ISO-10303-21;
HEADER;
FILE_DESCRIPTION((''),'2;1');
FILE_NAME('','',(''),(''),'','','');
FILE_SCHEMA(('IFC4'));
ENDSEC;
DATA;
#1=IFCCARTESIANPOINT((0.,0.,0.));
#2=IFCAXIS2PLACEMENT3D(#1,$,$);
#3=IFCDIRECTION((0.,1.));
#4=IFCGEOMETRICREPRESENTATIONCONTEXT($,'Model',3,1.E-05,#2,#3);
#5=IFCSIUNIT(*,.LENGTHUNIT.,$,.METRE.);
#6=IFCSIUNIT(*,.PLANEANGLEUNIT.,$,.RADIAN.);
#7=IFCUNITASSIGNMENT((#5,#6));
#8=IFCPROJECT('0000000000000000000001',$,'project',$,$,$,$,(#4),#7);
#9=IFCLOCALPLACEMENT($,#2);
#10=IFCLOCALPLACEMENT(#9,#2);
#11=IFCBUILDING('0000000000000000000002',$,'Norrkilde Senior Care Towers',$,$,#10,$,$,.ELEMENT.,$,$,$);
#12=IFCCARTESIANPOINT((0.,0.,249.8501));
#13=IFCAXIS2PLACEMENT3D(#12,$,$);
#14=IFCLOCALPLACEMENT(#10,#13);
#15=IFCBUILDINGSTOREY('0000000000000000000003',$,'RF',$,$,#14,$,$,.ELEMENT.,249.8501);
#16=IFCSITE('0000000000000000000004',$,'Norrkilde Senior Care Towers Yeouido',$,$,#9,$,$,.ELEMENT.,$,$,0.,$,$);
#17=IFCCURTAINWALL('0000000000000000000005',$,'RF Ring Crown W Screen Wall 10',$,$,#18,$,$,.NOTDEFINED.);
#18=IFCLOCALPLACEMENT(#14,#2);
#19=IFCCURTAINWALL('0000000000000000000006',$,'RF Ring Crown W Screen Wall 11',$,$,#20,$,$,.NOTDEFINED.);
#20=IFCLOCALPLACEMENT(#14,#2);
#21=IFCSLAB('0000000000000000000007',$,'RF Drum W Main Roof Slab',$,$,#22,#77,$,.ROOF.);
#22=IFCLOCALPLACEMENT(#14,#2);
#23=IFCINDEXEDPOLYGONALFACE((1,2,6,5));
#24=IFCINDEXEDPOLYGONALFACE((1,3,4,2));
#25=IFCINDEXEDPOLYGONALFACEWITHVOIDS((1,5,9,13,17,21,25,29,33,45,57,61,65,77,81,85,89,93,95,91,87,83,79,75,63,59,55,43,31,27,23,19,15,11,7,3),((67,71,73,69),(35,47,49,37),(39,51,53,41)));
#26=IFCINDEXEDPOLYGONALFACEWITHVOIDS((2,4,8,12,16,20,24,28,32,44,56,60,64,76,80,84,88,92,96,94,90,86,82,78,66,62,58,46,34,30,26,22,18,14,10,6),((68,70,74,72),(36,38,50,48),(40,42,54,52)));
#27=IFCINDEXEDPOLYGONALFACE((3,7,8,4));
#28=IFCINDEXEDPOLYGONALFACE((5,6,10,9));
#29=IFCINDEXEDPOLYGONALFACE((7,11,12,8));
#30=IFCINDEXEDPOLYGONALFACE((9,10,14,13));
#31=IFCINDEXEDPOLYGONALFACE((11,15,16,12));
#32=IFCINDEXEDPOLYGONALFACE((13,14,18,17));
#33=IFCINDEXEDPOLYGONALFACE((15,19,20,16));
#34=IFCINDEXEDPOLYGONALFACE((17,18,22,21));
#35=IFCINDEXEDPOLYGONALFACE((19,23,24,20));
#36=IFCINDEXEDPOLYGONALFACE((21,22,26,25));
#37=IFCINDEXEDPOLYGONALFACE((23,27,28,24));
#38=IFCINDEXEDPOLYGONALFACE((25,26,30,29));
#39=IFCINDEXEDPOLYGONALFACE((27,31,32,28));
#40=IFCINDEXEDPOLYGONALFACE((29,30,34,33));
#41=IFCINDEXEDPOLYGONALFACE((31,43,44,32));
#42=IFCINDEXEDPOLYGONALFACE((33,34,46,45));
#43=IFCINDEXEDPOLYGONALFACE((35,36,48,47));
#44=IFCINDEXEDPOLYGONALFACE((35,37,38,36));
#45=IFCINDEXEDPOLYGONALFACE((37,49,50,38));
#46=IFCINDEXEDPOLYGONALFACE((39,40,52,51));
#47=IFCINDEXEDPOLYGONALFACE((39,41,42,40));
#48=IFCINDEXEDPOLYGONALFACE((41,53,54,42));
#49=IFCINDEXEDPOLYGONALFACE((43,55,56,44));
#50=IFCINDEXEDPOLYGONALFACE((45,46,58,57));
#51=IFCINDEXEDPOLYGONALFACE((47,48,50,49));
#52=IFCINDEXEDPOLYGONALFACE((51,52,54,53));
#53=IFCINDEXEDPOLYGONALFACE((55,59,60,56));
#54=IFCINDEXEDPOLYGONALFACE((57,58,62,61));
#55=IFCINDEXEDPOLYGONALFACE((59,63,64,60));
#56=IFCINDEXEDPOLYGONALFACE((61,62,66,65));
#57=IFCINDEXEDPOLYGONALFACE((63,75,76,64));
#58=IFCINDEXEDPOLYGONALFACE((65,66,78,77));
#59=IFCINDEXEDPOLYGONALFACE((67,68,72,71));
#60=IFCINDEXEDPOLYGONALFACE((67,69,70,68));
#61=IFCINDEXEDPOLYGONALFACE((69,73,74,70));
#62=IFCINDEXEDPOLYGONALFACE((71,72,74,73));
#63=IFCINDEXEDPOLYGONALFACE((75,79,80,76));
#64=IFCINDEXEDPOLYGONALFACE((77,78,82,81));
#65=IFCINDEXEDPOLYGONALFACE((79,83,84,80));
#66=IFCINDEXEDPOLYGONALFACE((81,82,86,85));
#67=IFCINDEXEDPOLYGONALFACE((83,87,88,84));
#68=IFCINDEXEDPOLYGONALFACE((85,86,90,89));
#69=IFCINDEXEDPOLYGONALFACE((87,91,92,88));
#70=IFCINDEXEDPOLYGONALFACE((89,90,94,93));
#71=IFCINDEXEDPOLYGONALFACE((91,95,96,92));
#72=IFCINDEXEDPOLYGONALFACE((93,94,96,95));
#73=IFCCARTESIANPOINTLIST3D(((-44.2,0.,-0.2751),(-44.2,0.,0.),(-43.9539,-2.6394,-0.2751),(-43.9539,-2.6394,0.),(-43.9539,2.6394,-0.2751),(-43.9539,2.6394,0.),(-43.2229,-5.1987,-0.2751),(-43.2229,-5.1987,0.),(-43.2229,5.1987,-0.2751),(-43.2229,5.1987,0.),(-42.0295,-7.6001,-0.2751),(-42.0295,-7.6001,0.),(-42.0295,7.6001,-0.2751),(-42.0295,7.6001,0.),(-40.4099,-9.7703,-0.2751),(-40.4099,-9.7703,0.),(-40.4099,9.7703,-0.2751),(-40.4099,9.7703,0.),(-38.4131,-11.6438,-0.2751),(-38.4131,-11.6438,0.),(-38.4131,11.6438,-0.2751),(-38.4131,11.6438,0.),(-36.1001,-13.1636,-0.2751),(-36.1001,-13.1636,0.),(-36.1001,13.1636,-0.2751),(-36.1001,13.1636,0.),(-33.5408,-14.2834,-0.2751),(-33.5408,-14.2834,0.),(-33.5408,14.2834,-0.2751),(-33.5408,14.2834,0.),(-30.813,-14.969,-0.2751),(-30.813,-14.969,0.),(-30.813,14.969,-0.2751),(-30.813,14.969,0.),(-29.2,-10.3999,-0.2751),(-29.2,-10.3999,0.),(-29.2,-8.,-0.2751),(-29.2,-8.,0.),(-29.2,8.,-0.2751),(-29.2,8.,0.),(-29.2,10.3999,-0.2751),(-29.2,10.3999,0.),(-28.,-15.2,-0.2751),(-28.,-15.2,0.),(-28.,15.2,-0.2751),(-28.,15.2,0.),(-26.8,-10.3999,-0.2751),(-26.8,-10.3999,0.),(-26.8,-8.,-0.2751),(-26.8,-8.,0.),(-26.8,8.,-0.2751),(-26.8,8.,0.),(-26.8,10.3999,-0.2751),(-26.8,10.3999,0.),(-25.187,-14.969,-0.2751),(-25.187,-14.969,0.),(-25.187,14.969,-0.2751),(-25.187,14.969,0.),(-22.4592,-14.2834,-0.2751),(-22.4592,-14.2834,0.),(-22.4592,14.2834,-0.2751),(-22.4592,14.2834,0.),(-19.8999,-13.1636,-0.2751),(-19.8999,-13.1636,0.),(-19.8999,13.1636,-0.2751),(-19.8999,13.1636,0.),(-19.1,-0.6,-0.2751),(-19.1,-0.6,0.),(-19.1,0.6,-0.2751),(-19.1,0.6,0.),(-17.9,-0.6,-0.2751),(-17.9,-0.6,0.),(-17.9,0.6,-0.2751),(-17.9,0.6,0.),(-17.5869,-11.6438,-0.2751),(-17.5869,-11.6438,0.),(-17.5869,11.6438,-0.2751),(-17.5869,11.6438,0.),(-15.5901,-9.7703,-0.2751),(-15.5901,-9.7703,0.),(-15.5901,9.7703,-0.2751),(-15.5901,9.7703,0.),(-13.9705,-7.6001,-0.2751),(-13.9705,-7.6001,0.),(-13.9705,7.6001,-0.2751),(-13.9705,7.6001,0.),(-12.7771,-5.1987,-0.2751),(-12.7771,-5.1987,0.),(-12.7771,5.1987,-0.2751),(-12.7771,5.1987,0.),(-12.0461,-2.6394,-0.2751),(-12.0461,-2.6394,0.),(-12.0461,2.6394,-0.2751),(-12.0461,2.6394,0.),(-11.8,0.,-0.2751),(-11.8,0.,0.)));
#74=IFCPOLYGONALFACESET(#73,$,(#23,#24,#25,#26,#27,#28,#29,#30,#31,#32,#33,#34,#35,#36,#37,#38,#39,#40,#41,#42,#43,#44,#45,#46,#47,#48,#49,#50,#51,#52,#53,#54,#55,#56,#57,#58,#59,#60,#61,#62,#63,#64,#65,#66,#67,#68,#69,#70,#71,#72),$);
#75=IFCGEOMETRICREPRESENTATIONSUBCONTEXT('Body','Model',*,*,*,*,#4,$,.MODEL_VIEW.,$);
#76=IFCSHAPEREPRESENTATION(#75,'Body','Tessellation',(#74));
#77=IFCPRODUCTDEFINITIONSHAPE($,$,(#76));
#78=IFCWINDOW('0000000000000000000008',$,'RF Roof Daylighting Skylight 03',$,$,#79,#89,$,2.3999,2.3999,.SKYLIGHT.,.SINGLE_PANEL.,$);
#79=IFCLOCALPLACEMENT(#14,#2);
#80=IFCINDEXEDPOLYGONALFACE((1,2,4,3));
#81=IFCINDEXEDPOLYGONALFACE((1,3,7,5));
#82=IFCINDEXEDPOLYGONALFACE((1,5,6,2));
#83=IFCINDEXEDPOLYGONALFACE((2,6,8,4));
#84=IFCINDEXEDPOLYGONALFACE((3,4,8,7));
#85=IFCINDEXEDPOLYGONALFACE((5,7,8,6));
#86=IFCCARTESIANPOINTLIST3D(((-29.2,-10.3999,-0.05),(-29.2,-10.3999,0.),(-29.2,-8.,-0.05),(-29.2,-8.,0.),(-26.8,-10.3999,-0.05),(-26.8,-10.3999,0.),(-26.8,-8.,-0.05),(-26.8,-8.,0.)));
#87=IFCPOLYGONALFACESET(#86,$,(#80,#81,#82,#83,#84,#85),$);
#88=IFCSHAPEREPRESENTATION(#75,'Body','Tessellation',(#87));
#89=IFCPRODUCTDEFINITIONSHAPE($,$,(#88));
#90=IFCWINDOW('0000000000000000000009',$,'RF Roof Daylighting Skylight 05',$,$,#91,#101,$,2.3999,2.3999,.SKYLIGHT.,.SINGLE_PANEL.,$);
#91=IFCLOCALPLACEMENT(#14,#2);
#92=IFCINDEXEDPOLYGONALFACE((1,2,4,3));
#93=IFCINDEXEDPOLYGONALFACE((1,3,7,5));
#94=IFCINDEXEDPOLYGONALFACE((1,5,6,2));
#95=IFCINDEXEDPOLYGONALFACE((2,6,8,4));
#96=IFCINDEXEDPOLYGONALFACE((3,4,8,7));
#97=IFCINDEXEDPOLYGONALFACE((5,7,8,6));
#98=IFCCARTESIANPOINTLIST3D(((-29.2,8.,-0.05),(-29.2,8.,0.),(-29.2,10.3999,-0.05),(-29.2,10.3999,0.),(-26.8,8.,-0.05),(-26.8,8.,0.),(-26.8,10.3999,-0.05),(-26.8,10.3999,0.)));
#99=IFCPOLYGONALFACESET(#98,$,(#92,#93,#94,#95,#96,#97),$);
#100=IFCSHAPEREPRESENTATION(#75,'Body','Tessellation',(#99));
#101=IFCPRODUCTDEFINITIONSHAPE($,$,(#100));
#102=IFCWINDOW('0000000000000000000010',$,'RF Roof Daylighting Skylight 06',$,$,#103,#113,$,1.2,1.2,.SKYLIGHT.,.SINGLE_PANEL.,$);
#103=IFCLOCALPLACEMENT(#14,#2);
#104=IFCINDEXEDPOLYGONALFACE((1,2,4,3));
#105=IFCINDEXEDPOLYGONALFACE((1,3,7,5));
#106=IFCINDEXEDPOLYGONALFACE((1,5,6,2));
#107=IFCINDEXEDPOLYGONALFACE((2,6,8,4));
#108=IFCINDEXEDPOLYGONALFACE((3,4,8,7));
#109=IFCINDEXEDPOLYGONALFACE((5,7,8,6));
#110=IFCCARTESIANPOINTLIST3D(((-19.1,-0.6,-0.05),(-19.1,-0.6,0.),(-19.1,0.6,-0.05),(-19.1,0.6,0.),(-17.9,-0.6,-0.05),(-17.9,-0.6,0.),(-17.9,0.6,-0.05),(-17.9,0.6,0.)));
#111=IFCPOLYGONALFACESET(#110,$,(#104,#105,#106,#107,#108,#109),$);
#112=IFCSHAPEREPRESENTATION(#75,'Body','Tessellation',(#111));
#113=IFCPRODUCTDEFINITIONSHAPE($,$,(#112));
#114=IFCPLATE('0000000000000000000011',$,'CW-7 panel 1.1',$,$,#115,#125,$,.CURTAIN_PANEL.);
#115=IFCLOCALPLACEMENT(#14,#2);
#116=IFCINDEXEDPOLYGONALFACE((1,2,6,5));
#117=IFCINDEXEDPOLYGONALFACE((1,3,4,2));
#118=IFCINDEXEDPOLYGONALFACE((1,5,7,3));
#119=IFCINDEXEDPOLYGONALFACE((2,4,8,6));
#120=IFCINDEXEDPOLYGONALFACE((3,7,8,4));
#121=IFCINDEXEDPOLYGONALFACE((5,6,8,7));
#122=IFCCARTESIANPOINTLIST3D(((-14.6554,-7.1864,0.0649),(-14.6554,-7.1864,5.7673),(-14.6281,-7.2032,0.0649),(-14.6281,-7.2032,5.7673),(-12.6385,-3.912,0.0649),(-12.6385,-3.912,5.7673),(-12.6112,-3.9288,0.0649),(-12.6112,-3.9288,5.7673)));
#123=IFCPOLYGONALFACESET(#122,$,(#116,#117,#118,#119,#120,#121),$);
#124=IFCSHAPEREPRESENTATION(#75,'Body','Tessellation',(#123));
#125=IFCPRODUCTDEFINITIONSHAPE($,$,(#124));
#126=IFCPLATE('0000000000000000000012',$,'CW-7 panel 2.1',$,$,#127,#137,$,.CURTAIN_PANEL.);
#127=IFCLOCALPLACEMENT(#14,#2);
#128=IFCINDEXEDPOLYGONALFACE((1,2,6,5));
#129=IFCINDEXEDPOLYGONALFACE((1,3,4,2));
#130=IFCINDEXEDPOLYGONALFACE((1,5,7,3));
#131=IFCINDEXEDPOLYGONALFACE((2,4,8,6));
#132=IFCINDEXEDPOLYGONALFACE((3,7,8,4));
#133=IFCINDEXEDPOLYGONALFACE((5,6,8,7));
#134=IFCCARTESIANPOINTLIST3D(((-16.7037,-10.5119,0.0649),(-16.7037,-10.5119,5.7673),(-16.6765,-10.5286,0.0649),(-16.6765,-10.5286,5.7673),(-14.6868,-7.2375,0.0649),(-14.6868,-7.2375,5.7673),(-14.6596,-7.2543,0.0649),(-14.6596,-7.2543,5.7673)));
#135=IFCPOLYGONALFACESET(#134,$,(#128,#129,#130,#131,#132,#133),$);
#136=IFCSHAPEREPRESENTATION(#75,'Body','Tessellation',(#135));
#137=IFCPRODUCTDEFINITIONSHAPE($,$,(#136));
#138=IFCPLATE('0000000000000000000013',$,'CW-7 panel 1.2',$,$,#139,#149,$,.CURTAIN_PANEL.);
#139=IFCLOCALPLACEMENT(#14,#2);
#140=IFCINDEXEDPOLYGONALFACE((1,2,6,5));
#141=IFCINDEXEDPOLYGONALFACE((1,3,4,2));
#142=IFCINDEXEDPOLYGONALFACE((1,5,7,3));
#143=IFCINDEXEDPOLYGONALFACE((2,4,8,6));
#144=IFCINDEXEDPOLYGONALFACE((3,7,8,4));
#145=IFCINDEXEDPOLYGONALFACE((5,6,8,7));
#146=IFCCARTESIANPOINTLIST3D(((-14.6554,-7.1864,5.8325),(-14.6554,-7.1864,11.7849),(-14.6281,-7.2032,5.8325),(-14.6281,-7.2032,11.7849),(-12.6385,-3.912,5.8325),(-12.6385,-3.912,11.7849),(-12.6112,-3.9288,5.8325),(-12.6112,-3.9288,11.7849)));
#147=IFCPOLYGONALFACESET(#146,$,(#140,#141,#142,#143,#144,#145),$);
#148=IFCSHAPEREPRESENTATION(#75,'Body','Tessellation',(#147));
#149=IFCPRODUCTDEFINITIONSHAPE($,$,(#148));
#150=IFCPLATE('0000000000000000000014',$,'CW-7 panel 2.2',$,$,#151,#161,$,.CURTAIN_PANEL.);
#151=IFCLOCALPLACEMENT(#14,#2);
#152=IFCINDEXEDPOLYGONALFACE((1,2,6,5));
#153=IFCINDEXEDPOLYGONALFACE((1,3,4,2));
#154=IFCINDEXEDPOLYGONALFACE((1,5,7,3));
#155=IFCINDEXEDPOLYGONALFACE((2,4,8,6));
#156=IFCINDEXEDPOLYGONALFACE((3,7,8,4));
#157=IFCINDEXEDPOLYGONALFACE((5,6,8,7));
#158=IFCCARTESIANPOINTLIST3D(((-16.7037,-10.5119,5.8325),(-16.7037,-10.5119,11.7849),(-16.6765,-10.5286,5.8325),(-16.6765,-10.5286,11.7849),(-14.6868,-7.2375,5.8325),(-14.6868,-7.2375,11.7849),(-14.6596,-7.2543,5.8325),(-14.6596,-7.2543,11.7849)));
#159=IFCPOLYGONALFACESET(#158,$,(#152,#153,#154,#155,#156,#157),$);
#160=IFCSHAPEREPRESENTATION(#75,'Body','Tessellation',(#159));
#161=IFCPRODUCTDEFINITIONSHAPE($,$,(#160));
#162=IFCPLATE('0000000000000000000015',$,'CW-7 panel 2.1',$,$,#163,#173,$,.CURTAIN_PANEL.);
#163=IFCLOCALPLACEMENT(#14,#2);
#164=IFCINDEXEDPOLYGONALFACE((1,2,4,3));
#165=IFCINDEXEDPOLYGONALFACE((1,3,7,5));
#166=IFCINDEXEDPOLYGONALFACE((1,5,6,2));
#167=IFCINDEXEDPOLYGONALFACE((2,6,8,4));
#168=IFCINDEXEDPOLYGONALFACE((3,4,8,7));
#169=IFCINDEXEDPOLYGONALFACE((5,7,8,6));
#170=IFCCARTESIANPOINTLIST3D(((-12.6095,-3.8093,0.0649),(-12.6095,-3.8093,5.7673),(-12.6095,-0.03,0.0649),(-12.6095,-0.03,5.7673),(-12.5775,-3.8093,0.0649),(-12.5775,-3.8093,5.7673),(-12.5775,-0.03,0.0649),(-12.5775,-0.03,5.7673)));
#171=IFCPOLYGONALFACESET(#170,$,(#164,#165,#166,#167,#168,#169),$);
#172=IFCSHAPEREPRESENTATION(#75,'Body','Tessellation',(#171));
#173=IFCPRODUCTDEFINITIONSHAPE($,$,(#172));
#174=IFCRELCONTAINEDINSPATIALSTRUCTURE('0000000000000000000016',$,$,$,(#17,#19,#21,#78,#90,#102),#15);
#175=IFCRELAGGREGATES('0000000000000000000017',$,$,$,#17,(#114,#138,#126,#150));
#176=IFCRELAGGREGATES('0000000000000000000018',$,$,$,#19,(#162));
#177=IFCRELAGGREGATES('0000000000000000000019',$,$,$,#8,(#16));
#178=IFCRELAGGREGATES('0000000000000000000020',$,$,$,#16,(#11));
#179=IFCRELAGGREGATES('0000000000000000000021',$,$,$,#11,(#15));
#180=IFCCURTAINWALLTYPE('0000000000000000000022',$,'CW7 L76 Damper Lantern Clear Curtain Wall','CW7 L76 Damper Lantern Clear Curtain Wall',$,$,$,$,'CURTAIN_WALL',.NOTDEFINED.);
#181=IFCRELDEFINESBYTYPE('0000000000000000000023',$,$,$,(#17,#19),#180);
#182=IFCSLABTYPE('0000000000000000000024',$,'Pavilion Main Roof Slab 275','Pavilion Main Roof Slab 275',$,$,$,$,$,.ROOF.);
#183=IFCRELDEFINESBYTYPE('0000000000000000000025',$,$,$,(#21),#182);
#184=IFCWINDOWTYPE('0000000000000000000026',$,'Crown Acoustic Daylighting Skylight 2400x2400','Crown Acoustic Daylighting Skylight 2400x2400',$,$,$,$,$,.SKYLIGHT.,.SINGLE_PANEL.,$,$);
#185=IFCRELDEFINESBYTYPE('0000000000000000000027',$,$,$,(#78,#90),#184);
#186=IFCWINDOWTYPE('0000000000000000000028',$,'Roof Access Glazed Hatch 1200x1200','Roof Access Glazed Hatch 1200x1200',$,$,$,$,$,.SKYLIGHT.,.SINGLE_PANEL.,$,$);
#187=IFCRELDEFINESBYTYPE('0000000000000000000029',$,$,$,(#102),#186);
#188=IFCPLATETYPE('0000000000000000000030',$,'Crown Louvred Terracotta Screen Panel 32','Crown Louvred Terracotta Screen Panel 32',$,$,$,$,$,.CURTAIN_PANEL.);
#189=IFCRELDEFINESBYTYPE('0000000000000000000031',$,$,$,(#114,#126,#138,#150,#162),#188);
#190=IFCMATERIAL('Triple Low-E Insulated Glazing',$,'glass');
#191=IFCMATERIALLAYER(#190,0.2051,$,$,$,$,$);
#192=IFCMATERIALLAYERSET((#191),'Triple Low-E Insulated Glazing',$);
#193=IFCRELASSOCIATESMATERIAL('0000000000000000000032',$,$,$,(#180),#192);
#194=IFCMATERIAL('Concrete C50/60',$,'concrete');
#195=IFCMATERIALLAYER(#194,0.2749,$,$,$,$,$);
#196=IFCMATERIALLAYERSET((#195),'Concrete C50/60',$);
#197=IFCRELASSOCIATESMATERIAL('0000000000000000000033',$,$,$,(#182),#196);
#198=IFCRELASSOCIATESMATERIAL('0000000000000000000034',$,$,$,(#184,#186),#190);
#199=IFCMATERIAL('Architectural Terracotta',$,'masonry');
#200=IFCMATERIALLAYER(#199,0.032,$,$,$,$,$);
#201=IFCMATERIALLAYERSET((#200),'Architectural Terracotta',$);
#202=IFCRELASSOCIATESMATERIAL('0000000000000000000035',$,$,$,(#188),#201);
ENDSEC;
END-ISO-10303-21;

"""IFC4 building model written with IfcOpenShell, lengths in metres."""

from ifc_helpers import new_model, si_unit, direction, frame, origin, origin_2d, place, context, subcontext, project, spatial, polyline, rectangle, outline, extrude, source, transform, mapped, material, layer, layer_set, type_object, element, fill, aggregate, save


model = new_model("IFC4")

# Units and contexts
model_context = context("Model", 3, precision=1e-05, world=origin(), true_north=direction((0.0, 1.0)))
body_context = subcontext(model_context, "Body", "Model", "MODEL_VIEW")
ifc_project = project(units=[si_unit("LENGTHUNIT", "METRE"), si_unit("PLANEANGLEUNIT", "RADIAN")], contexts=[model_context])

# Site, building, storey
site_placement = place(None, origin())
site = spatial("IfcSite", under=ifc_project, at=site_placement, Name="Norrkilde Senior Care Towers Yeouido", CompositionType="ELEMENT", RefElevation=0.0)
building_placement = place(site_placement, origin())
building = spatial("IfcBuilding", under=site, at=building_placement, Name="Norrkilde Senior Care Towers", CompositionType="ELEMENT")
storey_placement = place(building_placement, frame((0.0, 0.0, 249.8501)))
storey = spatial("IfcBuildingStorey", under=building, at=storey_placement, Name="RF", CompositionType="ELEMENT", Elevation=249.8501)

# Curtain walls
ifc_material_1 = material(Name="Triple Low-E Insulated Glazing", Category="glass")
ifc_layer_1 = layer(ifc_material_1, 0.2051)
ifc_layer_set_1 = layer_set([ifc_layer_1], Name="Triple Low-E Insulated Glazing")
curtain_wall_type = type_object("IfcCurtainWallType", Name="CW7 L76 Damper Lantern Clear Curtain Wall", Description="CW7 L76 Damper Lantern Clear Curtain Wall", ElementType="CURTAIN_WALL", PredefinedType="NOTDEFINED", material=ifc_layer_set_1)
curtain_wall_1_placement = place(storey_placement, origin())
curtain_wall_1 = element("IfcCurtainWall", 1, at=curtain_wall_1_placement, inside=storey, type_object=curtain_wall_type, Name="RF Ring Crown W Screen Wall 10", PredefinedType="NOTDEFINED")
curtain_wall_2_placement = place(storey_placement, origin())
curtain_wall_2 = element("IfcCurtainWall", 2, at=curtain_wall_2_placement, inside=storey, type_object=curtain_wall_type, Name="RF Ring Crown W Screen Wall 11", PredefinedType="NOTDEFINED")

# Slab, openings, windows
ifc_material_2 = material(Name="Concrete C50/60", Category="concrete")
ifc_layer_2 = layer(ifc_material_2, 0.2749)
ifc_layer_set_2 = layer_set([ifc_layer_2], Name="Concrete C50/60")
slab_type = type_object("IfcSlabType", Name="Pavilion Main Roof Slab 275", Description="Pavilion Main Roof Slab 275", PredefinedType="ROOF", material=ifc_layer_set_2)
slab_placement = place(storey_placement, frame((0.0, 0.0, -0.2751)))
slab = element("IfcSlab", 3, at=slab_placement, inside=storey, type_object=slab_type, Name="RF Drum W Main Roof Slab", PredefinedType="ROOF", context=body_context, shape_type="SweptSolid", body=[
    extrude(outline(polyline([(-11.8, 0.0), (-12.0461, 2.6394), (-12.7771, 5.1987), (-13.9705, 7.6001), (-15.5901, 9.7703), (-17.5869, 11.6438), (-19.8999, 13.1636), (-22.4592, 14.2834), (-25.187, 14.969), (-28.0, 15.2), (-30.813, 14.969), (-33.5408, 14.2834), (-36.1001, 13.1636), (-38.4131, 11.6438), (-40.4099, 9.7703), (-42.0295, 7.6001), (-43.2229, 5.1987), (-43.9539, 2.6394), (-44.2, 0.0), (-43.9539, -2.6394), (-43.2229, -5.1987), (-42.0295, -7.6001), (-40.4099, -9.7703), (-38.4131, -11.6438), (-36.1001, -13.1636), (-33.5408, -14.2834), (-30.813, -14.969), (-28.0, -15.2), (-25.187, -14.969), (-22.4592, -14.2834), (-19.8999, -13.1636), (-17.5869, -11.6438), (-15.5901, -9.7703), (-13.9705, -7.6001), (-12.7771, -5.1987), (-12.0461, -2.6394), (-11.8, 0.0)])), origin(), (0.0, 0.0, 1.0), 0.2751),
])
opening_1_placement = place(slab_placement, frame((-28.0, -9.2, -0.01)))
opening_1 = element("IfcOpeningElement", 4, at=opening_1_placement, cuts=slab, PredefinedType="OPENING", context=body_context, shape_type="SweptSolid", body=[
    extrude(rectangle(XDim=2.3999, YDim=2.3999, at=origin_2d()), origin(), (0.0, 0.0, 1.0), 0.2952),
])
opening_2_placement = place(slab_placement, frame((-28.0, 9.2, -0.01)))
opening_2 = element("IfcOpeningElement", 5, at=opening_2_placement, cuts=slab, PredefinedType="OPENING", context=body_context, shape_type="SweptSolid", body=[
    extrude(rectangle(XDim=2.3999, YDim=2.3999, at=origin_2d()), origin(), (0.0, 0.0, 1.0), 0.2952),
])
opening_3_placement = place(slab_placement, frame((-18.5, 0.0, -0.01)))
opening_3 = element("IfcOpeningElement", 6, at=opening_3_placement, cuts=slab, PredefinedType="OPENING", context=body_context, shape_type="SweptSolid", body=[
    extrude(rectangle(XDim=1.2, YDim=1.2, at=origin_2d()), origin(), (0.0, 0.0, 1.0), 0.2952),
])
window_type_1 = type_object("IfcWindowType", Name="Crown Acoustic Daylighting Skylight 2400x2400", Description="Crown Acoustic Daylighting Skylight 2400x2400", PartitioningType="SINGLE_PANEL", PredefinedType="SKYLIGHT", material=ifc_material_1)
window_1_placement = place(slab_placement, frame((-28.0, -9.2, 0.2251)))
window_1 = element("IfcWindow", 7, at=window_1_placement, inside=storey, type_object=window_type_1, Name="RF Roof Daylighting Skylight 03", OverallHeight=2.3999, OverallWidth=2.3999, PartitioningType="SINGLE_PANEL", PredefinedType="SKYLIGHT", context=body_context, shape_type="SweptSolid", body=[
    extrude(rectangle(XDim=2.3999, YDim=2.3999, at=origin_2d()), origin(), (0.0, 0.0, 1.0), 0.05),
])
fill(opening_1, window_1)
window_2_placement = place(slab_placement, frame((-28.0, 9.2, 0.2251)))
window_2 = element("IfcWindow", 8, at=window_2_placement, inside=storey, type_object=window_type_1, Name="RF Roof Daylighting Skylight 05", OverallHeight=2.3999, OverallWidth=2.3999, PartitioningType="SINGLE_PANEL", PredefinedType="SKYLIGHT", context=body_context, shape_type="SweptSolid", body=[
    extrude(rectangle(XDim=2.3999, YDim=2.3999, at=origin_2d()), origin(), (0.0, 0.0, 1.0), 0.05),
])
fill(opening_2, window_2)
window_type_2 = type_object("IfcWindowType", Name="Roof Access Glazed Hatch 1200x1200", Description="Roof Access Glazed Hatch 1200x1200", PartitioningType="SINGLE_PANEL", PredefinedType="SKYLIGHT", material=ifc_material_1)
window_3_placement = place(slab_placement, frame((-18.5, 0.0, 0.2251)))
window_3 = element("IfcWindow", 9, at=window_3_placement, inside=storey, type_object=window_type_2, Name="RF Roof Daylighting Skylight 06", OverallHeight=1.2, OverallWidth=1.2, PartitioningType="SINGLE_PANEL", PredefinedType="SKYLIGHT", context=body_context, shape_type="SweptSolid", body=[
    extrude(rectangle(XDim=1.2, YDim=1.2, at=origin_2d()), origin(), (0.0, 0.0, 1.0), 0.05),
])
fill(opening_3, window_3)

# Plates
ifc_material_3 = material(Name="Architectural Terracotta", Category="masonry")
ifc_layer_3 = layer(ifc_material_3, 0.032)
ifc_layer_set_3 = layer_set([ifc_layer_3], Name="Architectural Terracotta")
plate_type = type_object("IfcPlateType", Name="Crown Louvred Terracotta Screen Panel 32", Description="Crown Louvred Terracotta Screen Panel 32", PredefinedType="CURTAIN_PANEL", material=ifc_layer_set_3)
shared_shape_1 = source(origin(), body_context, "Body", "SweptSolid", [
    extrude(rectangle(XDim=3.8457, YDim=0.032, at=origin_2d()), origin(), (0.0, 0.0, 1.0), 5.7024),
])
plate_1_placement = place(storey_placement, frame((-13.6333, -5.5576, 0.0649), z_axis=(0.0, 0.0, 1.0), x_axis=(-0.524458, -0.851436, 0.0)))
plate_1 = element("IfcPlate", 10, at=plate_1_placement, type_object=plate_type, Name="CW-7 panel 1.1", PredefinedType="CURTAIN_PANEL", context=body_context, shape_type="MappedRepresentation", body=[
    mapped(shared_shape_1, transform((0.0, 0.0, 0.0), x_axis=(1.0, 0.0, 0.0), y_axis=(0.0, 1.0, 0.0), z_axis=(0.0, 0.0, 1.0), scale=1.0)),
])
plate_2_placement = place(storey_placement, frame((-15.6816, -8.8831, 0.0649), z_axis=(0.0, 0.0, 1.0), x_axis=(-0.524458, -0.851436, 0.0)))
plate_2 = element("IfcPlate", 11, at=plate_2_placement, type_object=plate_type, Name="CW-7 panel 2.1", PredefinedType="CURTAIN_PANEL", context=body_context, shape_type="MappedRepresentation", body=[
    mapped(shared_shape_1, transform((0.0, 0.0, 0.0), x_axis=(1.0, 0.0, 0.0), y_axis=(0.0, 1.0, 0.0), z_axis=(0.0, 0.0, 1.0), scale=1.0)),
])
shared_shape_2 = source(origin(), body_context, "Body", "SweptSolid", [
    extrude(rectangle(XDim=3.8457, YDim=0.032, at=origin_2d()), origin(), (0.0, 0.0, 1.0), 5.9524),
])
plate_3_placement = place(storey_placement, frame((-13.6333, -5.5576, 5.8325), z_axis=(0.0, 0.0, 1.0), x_axis=(-0.524458, -0.851436, 0.0)))
plate_3 = element("IfcPlate", 12, at=plate_3_placement, type_object=plate_type, Name="CW-7 panel 1.2", PredefinedType="CURTAIN_PANEL", context=body_context, shape_type="MappedRepresentation", body=[
    mapped(shared_shape_2, transform((0.0, 0.0, 0.0), x_axis=(1.0, 0.0, 0.0), y_axis=(0.0, 1.0, 0.0), z_axis=(0.0, 0.0, 1.0), scale=1.0)),
])
plate_4_placement = place(storey_placement, frame((-15.6816, -8.8831, 5.8325), z_axis=(0.0, 0.0, 1.0), x_axis=(-0.524458, -0.851436, 0.0)))
plate_4 = element("IfcPlate", 13, at=plate_4_placement, type_object=plate_type, Name="CW-7 panel 2.2", PredefinedType="CURTAIN_PANEL", context=body_context, shape_type="MappedRepresentation", body=[
    mapped(shared_shape_2, transform((0.0, 0.0, 0.0), x_axis=(1.0, 0.0, 0.0), y_axis=(0.0, 1.0, 0.0), z_axis=(0.0, 0.0, 1.0), scale=1.0)),
])
aggregate(curtain_wall_1, [plate_1, plate_3, plate_2, plate_4])
shared_shape_3 = source(origin(), body_context, "Body", "SweptSolid", [
    extrude(rectangle(XDim=3.7793, YDim=0.032, at=origin_2d()), origin(), (0.0, 0.0, 1.0), 5.7024),
])
plate_5_placement = place(storey_placement, frame((-12.5935, -1.9197, 0.0649), z_axis=(0.0, 0.0, 1.0), x_axis=(0.0, -1.0, 0.0)))
plate_5 = element("IfcPlate", 14, at=plate_5_placement, type_object=plate_type, Name="CW-7 panel 2.1", PredefinedType="CURTAIN_PANEL", context=body_context, shape_type="MappedRepresentation", body=[
    mapped(shared_shape_3, transform((0.0, 0.0, 0.0), x_axis=(1.0, 0.0, 0.0), y_axis=(0.0, 1.0, 0.0), z_axis=(0.0, 0.0, 1.0), scale=1.0)),
])
aggregate(curtain_wall_2, [plate_5])

save(model, "model.ifc")
